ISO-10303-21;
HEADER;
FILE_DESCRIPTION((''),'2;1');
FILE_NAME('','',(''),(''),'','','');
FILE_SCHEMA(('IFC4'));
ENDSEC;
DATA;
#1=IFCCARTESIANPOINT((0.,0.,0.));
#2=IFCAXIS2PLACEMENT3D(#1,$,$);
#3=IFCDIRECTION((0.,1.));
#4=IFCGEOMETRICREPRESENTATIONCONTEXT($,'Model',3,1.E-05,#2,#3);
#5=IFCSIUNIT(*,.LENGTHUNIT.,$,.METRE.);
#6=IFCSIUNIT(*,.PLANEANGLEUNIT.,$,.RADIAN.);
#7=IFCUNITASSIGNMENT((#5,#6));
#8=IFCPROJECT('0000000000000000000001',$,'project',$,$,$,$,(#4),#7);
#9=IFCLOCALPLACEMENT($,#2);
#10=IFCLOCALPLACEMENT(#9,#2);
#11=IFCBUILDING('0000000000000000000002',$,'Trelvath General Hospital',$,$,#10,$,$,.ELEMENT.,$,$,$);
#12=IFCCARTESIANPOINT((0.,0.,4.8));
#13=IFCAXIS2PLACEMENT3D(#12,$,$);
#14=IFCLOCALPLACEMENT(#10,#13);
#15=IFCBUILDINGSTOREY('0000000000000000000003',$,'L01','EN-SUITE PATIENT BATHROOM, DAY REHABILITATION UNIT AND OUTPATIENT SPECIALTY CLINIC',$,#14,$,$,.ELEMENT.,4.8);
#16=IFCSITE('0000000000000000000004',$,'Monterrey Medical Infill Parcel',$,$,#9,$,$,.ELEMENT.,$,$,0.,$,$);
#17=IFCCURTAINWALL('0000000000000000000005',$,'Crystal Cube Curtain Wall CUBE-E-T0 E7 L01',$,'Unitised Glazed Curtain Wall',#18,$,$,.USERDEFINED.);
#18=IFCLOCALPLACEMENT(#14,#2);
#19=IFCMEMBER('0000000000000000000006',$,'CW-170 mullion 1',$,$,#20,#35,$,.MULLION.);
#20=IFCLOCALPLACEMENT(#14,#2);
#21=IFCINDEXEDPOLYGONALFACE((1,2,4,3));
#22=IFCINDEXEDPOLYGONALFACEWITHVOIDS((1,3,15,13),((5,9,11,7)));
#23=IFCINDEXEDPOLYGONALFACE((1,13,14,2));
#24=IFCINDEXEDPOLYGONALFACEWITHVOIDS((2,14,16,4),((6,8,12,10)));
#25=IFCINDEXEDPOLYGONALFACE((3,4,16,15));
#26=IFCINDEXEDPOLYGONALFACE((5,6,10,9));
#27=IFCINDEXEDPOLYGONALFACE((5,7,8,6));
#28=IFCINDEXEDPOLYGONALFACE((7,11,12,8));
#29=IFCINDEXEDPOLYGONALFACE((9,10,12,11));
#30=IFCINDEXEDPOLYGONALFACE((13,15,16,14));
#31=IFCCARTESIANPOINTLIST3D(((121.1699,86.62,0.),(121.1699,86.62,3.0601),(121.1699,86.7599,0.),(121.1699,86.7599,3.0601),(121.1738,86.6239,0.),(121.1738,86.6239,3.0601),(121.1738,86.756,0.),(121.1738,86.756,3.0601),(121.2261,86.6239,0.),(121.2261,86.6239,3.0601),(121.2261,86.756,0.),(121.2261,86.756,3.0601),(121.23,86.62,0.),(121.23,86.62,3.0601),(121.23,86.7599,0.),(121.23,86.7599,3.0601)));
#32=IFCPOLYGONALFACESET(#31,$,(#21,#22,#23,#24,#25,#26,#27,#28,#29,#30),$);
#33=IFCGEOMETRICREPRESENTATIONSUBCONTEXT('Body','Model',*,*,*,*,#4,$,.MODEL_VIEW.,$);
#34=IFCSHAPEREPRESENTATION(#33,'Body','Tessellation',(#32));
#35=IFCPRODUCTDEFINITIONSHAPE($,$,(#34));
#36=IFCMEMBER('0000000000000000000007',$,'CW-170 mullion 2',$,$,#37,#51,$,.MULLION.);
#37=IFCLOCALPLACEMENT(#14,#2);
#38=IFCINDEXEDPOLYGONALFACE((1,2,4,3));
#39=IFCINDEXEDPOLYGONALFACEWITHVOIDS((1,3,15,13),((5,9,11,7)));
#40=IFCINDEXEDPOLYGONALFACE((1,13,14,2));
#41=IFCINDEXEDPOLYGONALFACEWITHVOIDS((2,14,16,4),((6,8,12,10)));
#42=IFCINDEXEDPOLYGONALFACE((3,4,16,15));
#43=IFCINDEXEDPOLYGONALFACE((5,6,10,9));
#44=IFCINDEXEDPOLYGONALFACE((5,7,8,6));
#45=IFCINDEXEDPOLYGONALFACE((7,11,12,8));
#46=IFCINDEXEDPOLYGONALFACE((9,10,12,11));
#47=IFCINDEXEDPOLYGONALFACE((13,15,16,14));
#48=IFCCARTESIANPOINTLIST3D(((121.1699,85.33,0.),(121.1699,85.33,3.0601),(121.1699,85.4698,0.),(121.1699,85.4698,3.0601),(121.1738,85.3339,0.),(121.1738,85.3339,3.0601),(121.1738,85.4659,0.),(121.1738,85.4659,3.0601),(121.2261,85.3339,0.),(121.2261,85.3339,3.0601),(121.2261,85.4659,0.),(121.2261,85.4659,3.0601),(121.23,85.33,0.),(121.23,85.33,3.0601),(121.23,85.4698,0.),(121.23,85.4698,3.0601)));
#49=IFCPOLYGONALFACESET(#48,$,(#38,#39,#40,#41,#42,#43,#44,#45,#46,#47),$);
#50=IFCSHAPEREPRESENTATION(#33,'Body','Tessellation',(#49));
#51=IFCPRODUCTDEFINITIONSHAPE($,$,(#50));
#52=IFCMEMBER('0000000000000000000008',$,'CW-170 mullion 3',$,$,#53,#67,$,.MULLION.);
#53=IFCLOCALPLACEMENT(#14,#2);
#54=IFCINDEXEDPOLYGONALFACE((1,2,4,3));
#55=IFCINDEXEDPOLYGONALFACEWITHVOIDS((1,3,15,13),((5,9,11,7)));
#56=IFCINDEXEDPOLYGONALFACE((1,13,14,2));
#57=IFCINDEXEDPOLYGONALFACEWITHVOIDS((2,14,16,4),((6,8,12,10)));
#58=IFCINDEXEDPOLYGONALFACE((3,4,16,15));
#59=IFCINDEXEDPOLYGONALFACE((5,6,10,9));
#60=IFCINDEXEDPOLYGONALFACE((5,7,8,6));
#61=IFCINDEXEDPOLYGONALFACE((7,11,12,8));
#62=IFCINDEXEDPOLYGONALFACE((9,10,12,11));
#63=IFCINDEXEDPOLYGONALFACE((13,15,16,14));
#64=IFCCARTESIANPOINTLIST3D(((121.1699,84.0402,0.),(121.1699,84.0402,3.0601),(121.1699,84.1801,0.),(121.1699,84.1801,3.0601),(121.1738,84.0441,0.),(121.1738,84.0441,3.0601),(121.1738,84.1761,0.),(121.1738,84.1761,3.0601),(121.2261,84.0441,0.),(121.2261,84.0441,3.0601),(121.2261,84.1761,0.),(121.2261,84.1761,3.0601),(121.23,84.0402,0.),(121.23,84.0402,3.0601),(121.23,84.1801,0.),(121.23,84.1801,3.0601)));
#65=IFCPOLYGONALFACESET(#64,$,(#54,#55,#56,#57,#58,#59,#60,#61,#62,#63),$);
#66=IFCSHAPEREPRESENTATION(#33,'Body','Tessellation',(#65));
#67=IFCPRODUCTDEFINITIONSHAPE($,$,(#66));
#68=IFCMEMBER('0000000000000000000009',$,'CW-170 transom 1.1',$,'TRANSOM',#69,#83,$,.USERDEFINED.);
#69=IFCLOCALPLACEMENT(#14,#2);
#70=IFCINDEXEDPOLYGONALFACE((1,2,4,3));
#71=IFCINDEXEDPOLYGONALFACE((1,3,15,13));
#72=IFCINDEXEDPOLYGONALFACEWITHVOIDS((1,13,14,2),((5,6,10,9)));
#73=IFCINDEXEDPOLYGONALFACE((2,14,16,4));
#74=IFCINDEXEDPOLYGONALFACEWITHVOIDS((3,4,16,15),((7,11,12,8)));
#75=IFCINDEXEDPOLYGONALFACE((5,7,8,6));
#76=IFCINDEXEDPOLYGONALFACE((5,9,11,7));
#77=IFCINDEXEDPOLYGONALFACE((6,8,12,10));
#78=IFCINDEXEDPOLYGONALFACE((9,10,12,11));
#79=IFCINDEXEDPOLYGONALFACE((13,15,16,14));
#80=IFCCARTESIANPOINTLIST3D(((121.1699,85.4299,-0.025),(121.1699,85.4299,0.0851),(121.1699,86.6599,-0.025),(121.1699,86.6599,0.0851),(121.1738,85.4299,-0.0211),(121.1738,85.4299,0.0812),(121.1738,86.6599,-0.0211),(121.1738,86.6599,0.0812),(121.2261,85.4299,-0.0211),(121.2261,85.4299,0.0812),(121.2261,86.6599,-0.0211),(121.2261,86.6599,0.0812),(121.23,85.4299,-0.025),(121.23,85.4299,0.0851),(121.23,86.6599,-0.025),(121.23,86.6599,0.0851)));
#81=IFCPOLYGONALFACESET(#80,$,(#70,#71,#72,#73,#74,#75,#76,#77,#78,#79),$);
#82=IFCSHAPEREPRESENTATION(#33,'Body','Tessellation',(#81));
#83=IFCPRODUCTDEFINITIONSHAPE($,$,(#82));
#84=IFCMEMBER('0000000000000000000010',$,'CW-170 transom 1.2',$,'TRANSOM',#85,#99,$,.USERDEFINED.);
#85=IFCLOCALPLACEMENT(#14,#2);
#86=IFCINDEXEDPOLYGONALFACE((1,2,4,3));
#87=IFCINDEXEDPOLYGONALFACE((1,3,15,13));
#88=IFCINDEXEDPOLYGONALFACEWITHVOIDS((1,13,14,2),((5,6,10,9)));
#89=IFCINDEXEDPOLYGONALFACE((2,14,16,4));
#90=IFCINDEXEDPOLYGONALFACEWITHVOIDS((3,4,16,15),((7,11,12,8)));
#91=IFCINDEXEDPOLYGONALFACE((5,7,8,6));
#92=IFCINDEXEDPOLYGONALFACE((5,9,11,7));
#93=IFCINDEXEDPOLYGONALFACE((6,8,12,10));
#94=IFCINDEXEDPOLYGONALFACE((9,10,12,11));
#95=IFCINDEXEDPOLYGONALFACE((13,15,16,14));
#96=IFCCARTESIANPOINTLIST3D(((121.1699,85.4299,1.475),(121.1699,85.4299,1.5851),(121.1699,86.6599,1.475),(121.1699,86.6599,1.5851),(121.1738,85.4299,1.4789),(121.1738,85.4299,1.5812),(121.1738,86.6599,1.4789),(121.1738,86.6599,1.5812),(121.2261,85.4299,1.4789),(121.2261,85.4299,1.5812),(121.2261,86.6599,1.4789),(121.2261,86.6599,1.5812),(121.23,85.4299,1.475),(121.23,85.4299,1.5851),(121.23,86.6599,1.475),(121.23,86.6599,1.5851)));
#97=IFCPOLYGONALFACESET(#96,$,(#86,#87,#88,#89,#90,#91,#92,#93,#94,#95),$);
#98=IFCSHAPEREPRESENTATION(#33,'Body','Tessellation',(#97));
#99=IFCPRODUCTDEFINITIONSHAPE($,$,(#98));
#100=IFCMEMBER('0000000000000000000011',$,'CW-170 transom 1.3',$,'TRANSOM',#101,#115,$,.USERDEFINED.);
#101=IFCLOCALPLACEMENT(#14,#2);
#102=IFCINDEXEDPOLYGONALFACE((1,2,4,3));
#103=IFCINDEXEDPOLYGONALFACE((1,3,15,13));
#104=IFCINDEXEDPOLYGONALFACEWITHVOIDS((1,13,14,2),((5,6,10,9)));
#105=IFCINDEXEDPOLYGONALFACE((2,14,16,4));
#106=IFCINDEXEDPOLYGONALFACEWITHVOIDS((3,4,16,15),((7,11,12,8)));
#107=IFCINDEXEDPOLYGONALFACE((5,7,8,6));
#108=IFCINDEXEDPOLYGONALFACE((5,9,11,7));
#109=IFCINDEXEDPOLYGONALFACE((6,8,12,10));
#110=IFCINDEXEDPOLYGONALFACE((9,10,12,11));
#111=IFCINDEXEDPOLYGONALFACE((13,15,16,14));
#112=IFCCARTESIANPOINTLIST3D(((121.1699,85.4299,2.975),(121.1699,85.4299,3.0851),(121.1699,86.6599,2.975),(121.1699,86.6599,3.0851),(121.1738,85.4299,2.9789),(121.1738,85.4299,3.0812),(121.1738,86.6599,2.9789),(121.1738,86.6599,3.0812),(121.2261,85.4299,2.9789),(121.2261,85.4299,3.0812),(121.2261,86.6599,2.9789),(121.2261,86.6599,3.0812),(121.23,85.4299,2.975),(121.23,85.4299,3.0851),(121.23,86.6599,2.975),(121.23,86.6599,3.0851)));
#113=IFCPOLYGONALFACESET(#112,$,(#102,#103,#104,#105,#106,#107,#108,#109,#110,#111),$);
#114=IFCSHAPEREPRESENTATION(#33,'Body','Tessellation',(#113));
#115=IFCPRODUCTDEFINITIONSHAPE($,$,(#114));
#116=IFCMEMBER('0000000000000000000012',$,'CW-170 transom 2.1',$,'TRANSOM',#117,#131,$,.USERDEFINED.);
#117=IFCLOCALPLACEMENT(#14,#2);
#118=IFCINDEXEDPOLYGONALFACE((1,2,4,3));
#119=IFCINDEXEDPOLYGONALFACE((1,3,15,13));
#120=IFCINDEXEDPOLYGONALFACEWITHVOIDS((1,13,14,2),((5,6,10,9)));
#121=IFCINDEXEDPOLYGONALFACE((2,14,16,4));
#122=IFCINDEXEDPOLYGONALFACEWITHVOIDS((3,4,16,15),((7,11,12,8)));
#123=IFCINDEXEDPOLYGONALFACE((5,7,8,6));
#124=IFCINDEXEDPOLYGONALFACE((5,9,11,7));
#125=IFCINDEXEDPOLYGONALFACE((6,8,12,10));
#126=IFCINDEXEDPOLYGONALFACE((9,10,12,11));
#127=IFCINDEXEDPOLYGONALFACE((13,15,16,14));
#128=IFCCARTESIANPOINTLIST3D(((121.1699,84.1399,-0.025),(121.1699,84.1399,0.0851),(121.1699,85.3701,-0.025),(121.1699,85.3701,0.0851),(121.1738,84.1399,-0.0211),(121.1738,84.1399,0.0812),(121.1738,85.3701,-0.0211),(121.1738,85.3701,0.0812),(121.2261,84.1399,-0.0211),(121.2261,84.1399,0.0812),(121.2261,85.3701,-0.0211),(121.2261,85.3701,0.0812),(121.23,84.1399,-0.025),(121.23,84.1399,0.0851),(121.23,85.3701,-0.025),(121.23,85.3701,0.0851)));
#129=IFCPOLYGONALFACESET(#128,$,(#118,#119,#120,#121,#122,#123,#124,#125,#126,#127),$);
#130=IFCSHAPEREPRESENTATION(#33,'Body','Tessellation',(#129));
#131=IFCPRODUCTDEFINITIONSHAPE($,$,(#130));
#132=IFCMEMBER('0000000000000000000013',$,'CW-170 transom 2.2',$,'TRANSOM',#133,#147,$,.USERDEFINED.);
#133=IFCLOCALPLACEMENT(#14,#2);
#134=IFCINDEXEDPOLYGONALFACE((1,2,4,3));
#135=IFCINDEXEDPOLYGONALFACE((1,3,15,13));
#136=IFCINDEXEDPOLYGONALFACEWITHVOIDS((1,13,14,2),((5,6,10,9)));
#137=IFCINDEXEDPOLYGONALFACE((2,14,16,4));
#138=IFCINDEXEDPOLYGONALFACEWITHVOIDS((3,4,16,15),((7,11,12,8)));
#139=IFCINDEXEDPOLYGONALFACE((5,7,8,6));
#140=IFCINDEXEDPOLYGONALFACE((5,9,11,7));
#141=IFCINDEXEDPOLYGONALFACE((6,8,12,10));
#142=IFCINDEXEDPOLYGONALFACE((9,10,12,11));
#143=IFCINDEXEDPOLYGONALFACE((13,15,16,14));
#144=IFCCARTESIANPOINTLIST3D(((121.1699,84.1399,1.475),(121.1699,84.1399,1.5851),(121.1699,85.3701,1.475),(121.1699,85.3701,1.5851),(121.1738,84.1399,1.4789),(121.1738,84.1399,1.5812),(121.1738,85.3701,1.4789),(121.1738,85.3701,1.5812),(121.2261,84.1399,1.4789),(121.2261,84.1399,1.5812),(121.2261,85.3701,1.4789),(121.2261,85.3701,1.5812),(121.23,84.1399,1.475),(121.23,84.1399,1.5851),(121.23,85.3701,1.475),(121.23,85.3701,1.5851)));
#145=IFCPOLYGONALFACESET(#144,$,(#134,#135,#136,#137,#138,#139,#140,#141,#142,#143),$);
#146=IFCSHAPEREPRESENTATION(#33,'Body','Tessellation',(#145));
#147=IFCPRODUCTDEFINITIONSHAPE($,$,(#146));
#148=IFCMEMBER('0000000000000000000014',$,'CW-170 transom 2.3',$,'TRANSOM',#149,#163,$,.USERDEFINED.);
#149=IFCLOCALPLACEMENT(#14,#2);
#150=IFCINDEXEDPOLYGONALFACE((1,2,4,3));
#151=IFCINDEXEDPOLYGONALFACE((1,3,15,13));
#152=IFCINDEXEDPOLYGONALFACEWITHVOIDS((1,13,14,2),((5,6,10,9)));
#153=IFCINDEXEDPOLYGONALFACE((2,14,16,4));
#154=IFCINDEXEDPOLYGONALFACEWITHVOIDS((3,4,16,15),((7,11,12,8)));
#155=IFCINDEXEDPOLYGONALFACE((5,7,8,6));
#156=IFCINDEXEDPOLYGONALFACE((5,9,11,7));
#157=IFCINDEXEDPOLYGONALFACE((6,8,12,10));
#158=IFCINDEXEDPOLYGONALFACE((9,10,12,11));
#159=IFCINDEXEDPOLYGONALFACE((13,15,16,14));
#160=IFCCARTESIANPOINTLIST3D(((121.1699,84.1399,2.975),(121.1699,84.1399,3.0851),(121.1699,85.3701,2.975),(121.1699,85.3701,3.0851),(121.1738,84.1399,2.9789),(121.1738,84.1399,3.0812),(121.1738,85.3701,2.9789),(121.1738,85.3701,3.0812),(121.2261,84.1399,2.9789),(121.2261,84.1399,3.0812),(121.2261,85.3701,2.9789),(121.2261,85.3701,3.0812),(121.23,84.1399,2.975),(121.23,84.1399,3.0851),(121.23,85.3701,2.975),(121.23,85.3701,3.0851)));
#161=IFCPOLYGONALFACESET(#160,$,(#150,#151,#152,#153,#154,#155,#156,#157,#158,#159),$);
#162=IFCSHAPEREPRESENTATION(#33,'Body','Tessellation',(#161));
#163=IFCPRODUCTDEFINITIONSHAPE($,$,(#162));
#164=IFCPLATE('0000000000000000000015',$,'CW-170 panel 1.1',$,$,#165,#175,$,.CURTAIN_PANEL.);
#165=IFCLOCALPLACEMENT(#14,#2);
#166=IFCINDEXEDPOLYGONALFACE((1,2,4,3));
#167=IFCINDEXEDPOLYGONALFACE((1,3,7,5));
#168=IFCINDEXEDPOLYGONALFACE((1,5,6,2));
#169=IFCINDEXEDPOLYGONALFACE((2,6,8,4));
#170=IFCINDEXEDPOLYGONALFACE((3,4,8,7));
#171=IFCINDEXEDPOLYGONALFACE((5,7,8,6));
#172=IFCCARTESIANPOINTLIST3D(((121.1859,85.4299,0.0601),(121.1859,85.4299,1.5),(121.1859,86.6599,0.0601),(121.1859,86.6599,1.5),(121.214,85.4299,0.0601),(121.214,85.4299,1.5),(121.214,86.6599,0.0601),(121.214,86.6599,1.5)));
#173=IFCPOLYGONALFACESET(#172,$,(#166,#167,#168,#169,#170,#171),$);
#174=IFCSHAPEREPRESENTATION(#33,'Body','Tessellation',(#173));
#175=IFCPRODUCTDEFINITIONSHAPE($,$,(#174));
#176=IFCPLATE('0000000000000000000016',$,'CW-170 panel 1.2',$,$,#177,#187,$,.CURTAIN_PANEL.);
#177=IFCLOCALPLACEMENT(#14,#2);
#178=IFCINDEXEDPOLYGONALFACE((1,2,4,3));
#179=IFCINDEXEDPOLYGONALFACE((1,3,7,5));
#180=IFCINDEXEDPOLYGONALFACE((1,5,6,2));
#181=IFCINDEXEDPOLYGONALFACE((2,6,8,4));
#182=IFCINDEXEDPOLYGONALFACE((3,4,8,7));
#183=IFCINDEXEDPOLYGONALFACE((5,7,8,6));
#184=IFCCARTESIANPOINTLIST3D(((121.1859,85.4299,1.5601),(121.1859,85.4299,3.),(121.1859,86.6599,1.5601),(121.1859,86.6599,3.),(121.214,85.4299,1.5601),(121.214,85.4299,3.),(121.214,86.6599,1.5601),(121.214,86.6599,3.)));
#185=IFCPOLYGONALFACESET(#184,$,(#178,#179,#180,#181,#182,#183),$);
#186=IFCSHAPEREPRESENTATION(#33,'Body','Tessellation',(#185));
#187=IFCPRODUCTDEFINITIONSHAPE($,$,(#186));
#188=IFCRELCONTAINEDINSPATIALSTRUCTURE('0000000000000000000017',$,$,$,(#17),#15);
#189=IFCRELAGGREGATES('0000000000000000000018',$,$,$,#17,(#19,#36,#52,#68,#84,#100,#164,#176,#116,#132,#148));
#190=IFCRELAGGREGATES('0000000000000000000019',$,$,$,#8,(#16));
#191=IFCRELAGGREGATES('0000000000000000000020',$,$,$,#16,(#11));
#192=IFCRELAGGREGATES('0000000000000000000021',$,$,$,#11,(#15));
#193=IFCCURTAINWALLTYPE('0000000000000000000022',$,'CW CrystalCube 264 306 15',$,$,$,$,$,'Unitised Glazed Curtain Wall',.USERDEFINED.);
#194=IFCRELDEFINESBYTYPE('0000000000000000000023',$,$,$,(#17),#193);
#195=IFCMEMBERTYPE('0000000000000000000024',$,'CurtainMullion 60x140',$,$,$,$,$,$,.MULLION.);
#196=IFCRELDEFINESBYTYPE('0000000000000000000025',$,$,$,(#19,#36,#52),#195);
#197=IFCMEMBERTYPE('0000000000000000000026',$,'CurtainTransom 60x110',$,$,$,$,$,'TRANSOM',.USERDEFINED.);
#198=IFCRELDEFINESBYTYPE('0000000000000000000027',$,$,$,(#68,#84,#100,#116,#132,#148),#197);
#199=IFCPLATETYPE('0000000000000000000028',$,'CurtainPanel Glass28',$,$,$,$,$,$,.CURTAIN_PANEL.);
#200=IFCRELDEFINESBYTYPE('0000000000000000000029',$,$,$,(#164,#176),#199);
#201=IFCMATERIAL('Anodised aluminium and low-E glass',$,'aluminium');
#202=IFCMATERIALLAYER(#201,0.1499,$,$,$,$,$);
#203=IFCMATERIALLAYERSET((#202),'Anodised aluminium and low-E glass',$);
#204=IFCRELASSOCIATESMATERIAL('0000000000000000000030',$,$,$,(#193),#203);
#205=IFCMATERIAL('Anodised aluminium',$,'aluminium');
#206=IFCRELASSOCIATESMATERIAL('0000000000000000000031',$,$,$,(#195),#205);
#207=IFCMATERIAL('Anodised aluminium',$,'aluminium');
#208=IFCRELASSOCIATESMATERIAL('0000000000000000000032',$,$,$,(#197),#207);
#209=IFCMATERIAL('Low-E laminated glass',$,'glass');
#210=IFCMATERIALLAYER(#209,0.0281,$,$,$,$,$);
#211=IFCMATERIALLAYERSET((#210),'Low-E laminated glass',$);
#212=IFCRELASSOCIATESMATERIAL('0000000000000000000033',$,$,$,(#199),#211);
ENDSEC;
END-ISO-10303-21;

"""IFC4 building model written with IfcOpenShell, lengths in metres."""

from ifc_helpers import new_model, si_unit, direction, frame, origin, origin_2d, place, context, subcontext, project, spatial, rectangle, hollow_rectangle, extrude, material, layer, layer_set, material_profile, profile_set, type_object, element, aggregate, save


model = new_model("IFC4")

# Units and contexts
model_context = context("Model", 3, precision=1e-05, world=origin(), true_north=direction((0.0, 1.0)))
body_context = subcontext(model_context, "Body", "Model", "MODEL_VIEW")
ifc_project = project(units=[si_unit("LENGTHUNIT", "METRE"), si_unit("PLANEANGLEUNIT", "RADIAN")], contexts=[model_context])

# Site, building, storey
site_placement = place(None, origin())
site = spatial("IfcSite", under=ifc_project, at=site_placement, Name="Monterrey Medical Infill Parcel", CompositionType="ELEMENT", RefElevation=0.0)
building_placement = place(site_placement, origin())
building = spatial("IfcBuilding", under=site, at=building_placement, Name="Trelvath General Hospital", CompositionType="ELEMENT")
storey_placement = place(building_placement, frame((0.0, 0.0, 4.8)))
storey = spatial("IfcBuildingStorey", under=building, at=storey_placement, Name="L01", Description="EN-SUITE PATIENT BATHROOM, DAY REHABILITATION UNIT AND OUTPATIENT SPECIALTY CLINIC", CompositionType="ELEMENT", Elevation=4.8)

# Curtain wall, members, plates
ifc_material_1 = material(Name="Anodised aluminium and low-E glass", Category="aluminium")
ifc_layer_1 = layer(ifc_material_1, 0.1499)
ifc_layer_set_1 = layer_set([ifc_layer_1], Name="Anodised aluminium and low-E glass")
curtain_wall_type = type_object("IfcCurtainWallType", Name="CW CrystalCube 264 306 15", ElementType="Unitised Glazed Curtain Wall", PredefinedType="USERDEFINED", material=ifc_layer_set_1)
curtain_wall_placement = place(storey_placement, origin())
curtain_wall = element("IfcCurtainWall", 1, at=curtain_wall_placement, inside=storey, type_object=curtain_wall_type, Name="Crystal Cube Curtain Wall CUBE-E-T0 E7 L01", ObjectType="Unitised Glazed Curtain Wall", PredefinedType="USERDEFINED")
ifc_material_2 = material(Name="Anodised aluminium", Category="aluminium")
ifc_material_profile_1 = material_profile(ifc_material_2, hollow_rectangle(XDim=0.0601, YDim=0.1399, WallThickness=0.0039, at=origin_2d()), Name="RHS60x140x4")
ifc_profile_set_1 = profile_set([ifc_material_profile_1], Name="Anodised aluminium")
member_type_1 = type_object("IfcMemberType", Name="CurtainMullion 60x140", PredefinedType="MULLION", material=ifc_profile_set_1)
member_1_placement = place(storey_placement, frame((121.2, 86.6899, 0.0), z_axis=(0.0, 0.0, 1.0), x_axis=(1.0, 0.0, 0.0)))
member_1 = element("IfcMember", 2, at=member_1_placement, type_object=member_type_1, Name="CW-170 mullion 1", PredefinedType="MULLION", context=body_context, shape_type="SweptSolid", body=[
    extrude(hollow_rectangle(XDim=0.0601, YDim=0.1399, WallThickness=0.0039, at=origin_2d()), origin(), (0.0, 0.0, 1.0), 3.0601),
])
member_2_placement = place(storey_placement, frame((121.2, 85.3999, 0.0), z_axis=(0.0, 0.0, 1.0), x_axis=(1.0, 0.0, 0.0)))
member_2 = element("IfcMember", 3, at=member_2_placement, type_object=member_type_1, Name="CW-170 mullion 2", PredefinedType="MULLION", context=body_context, shape_type="SweptSolid", body=[
    extrude(hollow_rectangle(XDim=0.0601, YDim=0.1399, WallThickness=0.0039, at=origin_2d()), origin(), (0.0, 0.0, 1.0), 3.0601),
])
member_3_placement = place(storey_placement, frame((121.2, 84.1101, 0.0), z_axis=(0.0, 0.0, 1.0), x_axis=(1.0, 0.0, 0.0)))
member_3 = element("IfcMember", 4, at=member_3_placement, type_object=member_type_1, Name="CW-170 mullion 3", PredefinedType="MULLION", context=body_context, shape_type="SweptSolid", body=[
    extrude(hollow_rectangle(XDim=0.0601, YDim=0.1399, WallThickness=0.0039, at=origin_2d()), origin(), (0.0, 0.0, 1.0), 3.0601),
])
ifc_material_3 = material(Name="Anodised aluminium", Category="aluminium")
ifc_material_profile_2 = material_profile(ifc_material_3, hollow_rectangle(XDim=0.0601, YDim=0.1101, WallThickness=0.0039, at=origin_2d()), Name="RHS60x110x4")
ifc_profile_set_2 = profile_set([ifc_material_profile_2], Name="Anodised aluminium")
member_type_2 = type_object("IfcMemberType", Name="CurtainTransom 60x110", ElementType="TRANSOM", PredefinedType="USERDEFINED", material=ifc_profile_set_2)
member_4_placement = place(storey_placement, frame((121.2, 86.6599, 0.03), z_axis=(0.0, -1.0, 0.0), x_axis=(1.0, 0.0, 0.0)))
member_4 = element("IfcMember", 5, at=member_4_placement, type_object=member_type_2, Name="CW-170 transom 1.1", ObjectType="TRANSOM", PredefinedType="USERDEFINED", context=body_context, shape_type="SweptSolid", body=[
    extrude(hollow_rectangle(XDim=0.0601, YDim=0.1101, WallThickness=0.0039, at=origin_2d()), origin(), (0.0, 0.0, 1.0), 1.23),
])
member_5_placement = place(storey_placement, frame((121.2, 86.6599, 1.53), z_axis=(0.0, -1.0, 0.0), x_axis=(1.0, 0.0, 0.0)))
member_5 = element("IfcMember", 6, at=member_5_placement, type_object=member_type_2, Name="CW-170 transom 1.2", ObjectType="TRANSOM", PredefinedType="USERDEFINED", context=body_context, shape_type="SweptSolid", body=[
    extrude(hollow_rectangle(XDim=0.0601, YDim=0.1101, WallThickness=0.0039, at=origin_2d()), origin(), (0.0, 0.0, 1.0), 1.23),
])
member_6_placement = place(storey_placement, frame((121.2, 86.6599, 3.03), z_axis=(0.0, -1.0, 0.0), x_axis=(1.0, 0.0, 0.0)))
member_6 = element("IfcMember", 7, at=member_6_placement, type_object=member_type_2, Name="CW-170 transom 1.3", ObjectType="TRANSOM", PredefinedType="USERDEFINED", context=body_context, shape_type="SweptSolid", body=[
    extrude(hollow_rectangle(XDim=0.0601, YDim=0.1101, WallThickness=0.0039, at=origin_2d()), origin(), (0.0, 0.0, 1.0), 1.23),
])
member_7_placement = place(storey_placement, frame((121.2, 85.3701, 0.03), z_axis=(0.0, -1.0, 0.0), x_axis=(1.0, 0.0, 0.0)))
member_7 = element("IfcMember", 8, at=member_7_placement, type_object=member_type_2, Name="CW-170 transom 2.1", ObjectType="TRANSOM", PredefinedType="USERDEFINED", context=body_context, shape_type="SweptSolid", body=[
    extrude(hollow_rectangle(XDim=0.0601, YDim=0.1101, WallThickness=0.0039, at=origin_2d()), origin(), (0.0, 0.0, 1.0), 1.2302),
])
member_8_placement = place(storey_placement, frame((121.2, 85.3701, 1.53), z_axis=(0.0, -1.0, 0.0), x_axis=(1.0, 0.0, 0.0)))
member_8 = element("IfcMember", 9, at=member_8_placement, type_object=member_type_2, Name="CW-170 transom 2.2", ObjectType="TRANSOM", PredefinedType="USERDEFINED", context=body_context, shape_type="SweptSolid", body=[
    extrude(hollow_rectangle(XDim=0.0601, YDim=0.1101, WallThickness=0.0039, at=origin_2d()), origin(), (0.0, 0.0, 1.0), 1.2302),
])
member_9_placement = place(storey_placement, frame((121.2, 85.3701, 3.03), z_axis=(0.0, -1.0, 0.0), x_axis=(1.0, 0.0, 0.0)))
member_9 = element("IfcMember", 10, at=member_9_placement, type_object=member_type_2, Name="CW-170 transom 2.3", ObjectType="TRANSOM", PredefinedType="USERDEFINED", context=body_context, shape_type="SweptSolid", body=[
    extrude(hollow_rectangle(XDim=0.0601, YDim=0.1101, WallThickness=0.0039, at=origin_2d()), origin(), (0.0, 0.0, 1.0), 1.2302),
])
ifc_material_4 = material(Name="Low-E laminated glass", Category="glass")
ifc_layer_2 = layer(ifc_material_4, 0.0281)
ifc_layer_set_2 = layer_set([ifc_layer_2], Name="Low-E laminated glass")
plate_type = type_object("IfcPlateType", Name="CurtainPanel Glass28", PredefinedType="CURTAIN_PANEL", material=ifc_layer_set_2)
plate_1_placement = place(storey_placement, frame((121.2, 86.0449, 0.0601), z_axis=(0.0, 0.0, 1.0), x_axis=(0.0, -1.0, 0.0)))
plate_1 = element("IfcPlate", 11, at=plate_1_placement, type_object=plate_type, Name="CW-170 panel 1.1", PredefinedType="CURTAIN_PANEL", context=body_context, shape_type="SweptSolid", body=[
    extrude(rectangle(XDim=1.23, YDim=0.0281, at=origin_2d()), origin(), (0.0, 0.0, 1.0), 1.4399),
])
plate_2_placement = place(storey_placement, frame((121.2, 86.0449, 1.5601), z_axis=(0.0, 0.0, 1.0), x_axis=(0.0, -1.0, 0.0)))
plate_2 = element("IfcPlate", 12, at=plate_2_placement, type_object=plate_type, Name="CW-170 panel 1.2", PredefinedType="CURTAIN_PANEL", context=body_context, shape_type="SweptSolid", body=[
    extrude(rectangle(XDim=1.23, YDim=0.0281, at=origin_2d()), origin(), (0.0, 0.0, 1.0), 1.4399),
])
aggregate(curtain_wall, [member_1, member_2, member_3, member_4, member_5, member_6, plate_1, plate_2, member_7, member_8, member_9])

save(model, "model.ifc")
